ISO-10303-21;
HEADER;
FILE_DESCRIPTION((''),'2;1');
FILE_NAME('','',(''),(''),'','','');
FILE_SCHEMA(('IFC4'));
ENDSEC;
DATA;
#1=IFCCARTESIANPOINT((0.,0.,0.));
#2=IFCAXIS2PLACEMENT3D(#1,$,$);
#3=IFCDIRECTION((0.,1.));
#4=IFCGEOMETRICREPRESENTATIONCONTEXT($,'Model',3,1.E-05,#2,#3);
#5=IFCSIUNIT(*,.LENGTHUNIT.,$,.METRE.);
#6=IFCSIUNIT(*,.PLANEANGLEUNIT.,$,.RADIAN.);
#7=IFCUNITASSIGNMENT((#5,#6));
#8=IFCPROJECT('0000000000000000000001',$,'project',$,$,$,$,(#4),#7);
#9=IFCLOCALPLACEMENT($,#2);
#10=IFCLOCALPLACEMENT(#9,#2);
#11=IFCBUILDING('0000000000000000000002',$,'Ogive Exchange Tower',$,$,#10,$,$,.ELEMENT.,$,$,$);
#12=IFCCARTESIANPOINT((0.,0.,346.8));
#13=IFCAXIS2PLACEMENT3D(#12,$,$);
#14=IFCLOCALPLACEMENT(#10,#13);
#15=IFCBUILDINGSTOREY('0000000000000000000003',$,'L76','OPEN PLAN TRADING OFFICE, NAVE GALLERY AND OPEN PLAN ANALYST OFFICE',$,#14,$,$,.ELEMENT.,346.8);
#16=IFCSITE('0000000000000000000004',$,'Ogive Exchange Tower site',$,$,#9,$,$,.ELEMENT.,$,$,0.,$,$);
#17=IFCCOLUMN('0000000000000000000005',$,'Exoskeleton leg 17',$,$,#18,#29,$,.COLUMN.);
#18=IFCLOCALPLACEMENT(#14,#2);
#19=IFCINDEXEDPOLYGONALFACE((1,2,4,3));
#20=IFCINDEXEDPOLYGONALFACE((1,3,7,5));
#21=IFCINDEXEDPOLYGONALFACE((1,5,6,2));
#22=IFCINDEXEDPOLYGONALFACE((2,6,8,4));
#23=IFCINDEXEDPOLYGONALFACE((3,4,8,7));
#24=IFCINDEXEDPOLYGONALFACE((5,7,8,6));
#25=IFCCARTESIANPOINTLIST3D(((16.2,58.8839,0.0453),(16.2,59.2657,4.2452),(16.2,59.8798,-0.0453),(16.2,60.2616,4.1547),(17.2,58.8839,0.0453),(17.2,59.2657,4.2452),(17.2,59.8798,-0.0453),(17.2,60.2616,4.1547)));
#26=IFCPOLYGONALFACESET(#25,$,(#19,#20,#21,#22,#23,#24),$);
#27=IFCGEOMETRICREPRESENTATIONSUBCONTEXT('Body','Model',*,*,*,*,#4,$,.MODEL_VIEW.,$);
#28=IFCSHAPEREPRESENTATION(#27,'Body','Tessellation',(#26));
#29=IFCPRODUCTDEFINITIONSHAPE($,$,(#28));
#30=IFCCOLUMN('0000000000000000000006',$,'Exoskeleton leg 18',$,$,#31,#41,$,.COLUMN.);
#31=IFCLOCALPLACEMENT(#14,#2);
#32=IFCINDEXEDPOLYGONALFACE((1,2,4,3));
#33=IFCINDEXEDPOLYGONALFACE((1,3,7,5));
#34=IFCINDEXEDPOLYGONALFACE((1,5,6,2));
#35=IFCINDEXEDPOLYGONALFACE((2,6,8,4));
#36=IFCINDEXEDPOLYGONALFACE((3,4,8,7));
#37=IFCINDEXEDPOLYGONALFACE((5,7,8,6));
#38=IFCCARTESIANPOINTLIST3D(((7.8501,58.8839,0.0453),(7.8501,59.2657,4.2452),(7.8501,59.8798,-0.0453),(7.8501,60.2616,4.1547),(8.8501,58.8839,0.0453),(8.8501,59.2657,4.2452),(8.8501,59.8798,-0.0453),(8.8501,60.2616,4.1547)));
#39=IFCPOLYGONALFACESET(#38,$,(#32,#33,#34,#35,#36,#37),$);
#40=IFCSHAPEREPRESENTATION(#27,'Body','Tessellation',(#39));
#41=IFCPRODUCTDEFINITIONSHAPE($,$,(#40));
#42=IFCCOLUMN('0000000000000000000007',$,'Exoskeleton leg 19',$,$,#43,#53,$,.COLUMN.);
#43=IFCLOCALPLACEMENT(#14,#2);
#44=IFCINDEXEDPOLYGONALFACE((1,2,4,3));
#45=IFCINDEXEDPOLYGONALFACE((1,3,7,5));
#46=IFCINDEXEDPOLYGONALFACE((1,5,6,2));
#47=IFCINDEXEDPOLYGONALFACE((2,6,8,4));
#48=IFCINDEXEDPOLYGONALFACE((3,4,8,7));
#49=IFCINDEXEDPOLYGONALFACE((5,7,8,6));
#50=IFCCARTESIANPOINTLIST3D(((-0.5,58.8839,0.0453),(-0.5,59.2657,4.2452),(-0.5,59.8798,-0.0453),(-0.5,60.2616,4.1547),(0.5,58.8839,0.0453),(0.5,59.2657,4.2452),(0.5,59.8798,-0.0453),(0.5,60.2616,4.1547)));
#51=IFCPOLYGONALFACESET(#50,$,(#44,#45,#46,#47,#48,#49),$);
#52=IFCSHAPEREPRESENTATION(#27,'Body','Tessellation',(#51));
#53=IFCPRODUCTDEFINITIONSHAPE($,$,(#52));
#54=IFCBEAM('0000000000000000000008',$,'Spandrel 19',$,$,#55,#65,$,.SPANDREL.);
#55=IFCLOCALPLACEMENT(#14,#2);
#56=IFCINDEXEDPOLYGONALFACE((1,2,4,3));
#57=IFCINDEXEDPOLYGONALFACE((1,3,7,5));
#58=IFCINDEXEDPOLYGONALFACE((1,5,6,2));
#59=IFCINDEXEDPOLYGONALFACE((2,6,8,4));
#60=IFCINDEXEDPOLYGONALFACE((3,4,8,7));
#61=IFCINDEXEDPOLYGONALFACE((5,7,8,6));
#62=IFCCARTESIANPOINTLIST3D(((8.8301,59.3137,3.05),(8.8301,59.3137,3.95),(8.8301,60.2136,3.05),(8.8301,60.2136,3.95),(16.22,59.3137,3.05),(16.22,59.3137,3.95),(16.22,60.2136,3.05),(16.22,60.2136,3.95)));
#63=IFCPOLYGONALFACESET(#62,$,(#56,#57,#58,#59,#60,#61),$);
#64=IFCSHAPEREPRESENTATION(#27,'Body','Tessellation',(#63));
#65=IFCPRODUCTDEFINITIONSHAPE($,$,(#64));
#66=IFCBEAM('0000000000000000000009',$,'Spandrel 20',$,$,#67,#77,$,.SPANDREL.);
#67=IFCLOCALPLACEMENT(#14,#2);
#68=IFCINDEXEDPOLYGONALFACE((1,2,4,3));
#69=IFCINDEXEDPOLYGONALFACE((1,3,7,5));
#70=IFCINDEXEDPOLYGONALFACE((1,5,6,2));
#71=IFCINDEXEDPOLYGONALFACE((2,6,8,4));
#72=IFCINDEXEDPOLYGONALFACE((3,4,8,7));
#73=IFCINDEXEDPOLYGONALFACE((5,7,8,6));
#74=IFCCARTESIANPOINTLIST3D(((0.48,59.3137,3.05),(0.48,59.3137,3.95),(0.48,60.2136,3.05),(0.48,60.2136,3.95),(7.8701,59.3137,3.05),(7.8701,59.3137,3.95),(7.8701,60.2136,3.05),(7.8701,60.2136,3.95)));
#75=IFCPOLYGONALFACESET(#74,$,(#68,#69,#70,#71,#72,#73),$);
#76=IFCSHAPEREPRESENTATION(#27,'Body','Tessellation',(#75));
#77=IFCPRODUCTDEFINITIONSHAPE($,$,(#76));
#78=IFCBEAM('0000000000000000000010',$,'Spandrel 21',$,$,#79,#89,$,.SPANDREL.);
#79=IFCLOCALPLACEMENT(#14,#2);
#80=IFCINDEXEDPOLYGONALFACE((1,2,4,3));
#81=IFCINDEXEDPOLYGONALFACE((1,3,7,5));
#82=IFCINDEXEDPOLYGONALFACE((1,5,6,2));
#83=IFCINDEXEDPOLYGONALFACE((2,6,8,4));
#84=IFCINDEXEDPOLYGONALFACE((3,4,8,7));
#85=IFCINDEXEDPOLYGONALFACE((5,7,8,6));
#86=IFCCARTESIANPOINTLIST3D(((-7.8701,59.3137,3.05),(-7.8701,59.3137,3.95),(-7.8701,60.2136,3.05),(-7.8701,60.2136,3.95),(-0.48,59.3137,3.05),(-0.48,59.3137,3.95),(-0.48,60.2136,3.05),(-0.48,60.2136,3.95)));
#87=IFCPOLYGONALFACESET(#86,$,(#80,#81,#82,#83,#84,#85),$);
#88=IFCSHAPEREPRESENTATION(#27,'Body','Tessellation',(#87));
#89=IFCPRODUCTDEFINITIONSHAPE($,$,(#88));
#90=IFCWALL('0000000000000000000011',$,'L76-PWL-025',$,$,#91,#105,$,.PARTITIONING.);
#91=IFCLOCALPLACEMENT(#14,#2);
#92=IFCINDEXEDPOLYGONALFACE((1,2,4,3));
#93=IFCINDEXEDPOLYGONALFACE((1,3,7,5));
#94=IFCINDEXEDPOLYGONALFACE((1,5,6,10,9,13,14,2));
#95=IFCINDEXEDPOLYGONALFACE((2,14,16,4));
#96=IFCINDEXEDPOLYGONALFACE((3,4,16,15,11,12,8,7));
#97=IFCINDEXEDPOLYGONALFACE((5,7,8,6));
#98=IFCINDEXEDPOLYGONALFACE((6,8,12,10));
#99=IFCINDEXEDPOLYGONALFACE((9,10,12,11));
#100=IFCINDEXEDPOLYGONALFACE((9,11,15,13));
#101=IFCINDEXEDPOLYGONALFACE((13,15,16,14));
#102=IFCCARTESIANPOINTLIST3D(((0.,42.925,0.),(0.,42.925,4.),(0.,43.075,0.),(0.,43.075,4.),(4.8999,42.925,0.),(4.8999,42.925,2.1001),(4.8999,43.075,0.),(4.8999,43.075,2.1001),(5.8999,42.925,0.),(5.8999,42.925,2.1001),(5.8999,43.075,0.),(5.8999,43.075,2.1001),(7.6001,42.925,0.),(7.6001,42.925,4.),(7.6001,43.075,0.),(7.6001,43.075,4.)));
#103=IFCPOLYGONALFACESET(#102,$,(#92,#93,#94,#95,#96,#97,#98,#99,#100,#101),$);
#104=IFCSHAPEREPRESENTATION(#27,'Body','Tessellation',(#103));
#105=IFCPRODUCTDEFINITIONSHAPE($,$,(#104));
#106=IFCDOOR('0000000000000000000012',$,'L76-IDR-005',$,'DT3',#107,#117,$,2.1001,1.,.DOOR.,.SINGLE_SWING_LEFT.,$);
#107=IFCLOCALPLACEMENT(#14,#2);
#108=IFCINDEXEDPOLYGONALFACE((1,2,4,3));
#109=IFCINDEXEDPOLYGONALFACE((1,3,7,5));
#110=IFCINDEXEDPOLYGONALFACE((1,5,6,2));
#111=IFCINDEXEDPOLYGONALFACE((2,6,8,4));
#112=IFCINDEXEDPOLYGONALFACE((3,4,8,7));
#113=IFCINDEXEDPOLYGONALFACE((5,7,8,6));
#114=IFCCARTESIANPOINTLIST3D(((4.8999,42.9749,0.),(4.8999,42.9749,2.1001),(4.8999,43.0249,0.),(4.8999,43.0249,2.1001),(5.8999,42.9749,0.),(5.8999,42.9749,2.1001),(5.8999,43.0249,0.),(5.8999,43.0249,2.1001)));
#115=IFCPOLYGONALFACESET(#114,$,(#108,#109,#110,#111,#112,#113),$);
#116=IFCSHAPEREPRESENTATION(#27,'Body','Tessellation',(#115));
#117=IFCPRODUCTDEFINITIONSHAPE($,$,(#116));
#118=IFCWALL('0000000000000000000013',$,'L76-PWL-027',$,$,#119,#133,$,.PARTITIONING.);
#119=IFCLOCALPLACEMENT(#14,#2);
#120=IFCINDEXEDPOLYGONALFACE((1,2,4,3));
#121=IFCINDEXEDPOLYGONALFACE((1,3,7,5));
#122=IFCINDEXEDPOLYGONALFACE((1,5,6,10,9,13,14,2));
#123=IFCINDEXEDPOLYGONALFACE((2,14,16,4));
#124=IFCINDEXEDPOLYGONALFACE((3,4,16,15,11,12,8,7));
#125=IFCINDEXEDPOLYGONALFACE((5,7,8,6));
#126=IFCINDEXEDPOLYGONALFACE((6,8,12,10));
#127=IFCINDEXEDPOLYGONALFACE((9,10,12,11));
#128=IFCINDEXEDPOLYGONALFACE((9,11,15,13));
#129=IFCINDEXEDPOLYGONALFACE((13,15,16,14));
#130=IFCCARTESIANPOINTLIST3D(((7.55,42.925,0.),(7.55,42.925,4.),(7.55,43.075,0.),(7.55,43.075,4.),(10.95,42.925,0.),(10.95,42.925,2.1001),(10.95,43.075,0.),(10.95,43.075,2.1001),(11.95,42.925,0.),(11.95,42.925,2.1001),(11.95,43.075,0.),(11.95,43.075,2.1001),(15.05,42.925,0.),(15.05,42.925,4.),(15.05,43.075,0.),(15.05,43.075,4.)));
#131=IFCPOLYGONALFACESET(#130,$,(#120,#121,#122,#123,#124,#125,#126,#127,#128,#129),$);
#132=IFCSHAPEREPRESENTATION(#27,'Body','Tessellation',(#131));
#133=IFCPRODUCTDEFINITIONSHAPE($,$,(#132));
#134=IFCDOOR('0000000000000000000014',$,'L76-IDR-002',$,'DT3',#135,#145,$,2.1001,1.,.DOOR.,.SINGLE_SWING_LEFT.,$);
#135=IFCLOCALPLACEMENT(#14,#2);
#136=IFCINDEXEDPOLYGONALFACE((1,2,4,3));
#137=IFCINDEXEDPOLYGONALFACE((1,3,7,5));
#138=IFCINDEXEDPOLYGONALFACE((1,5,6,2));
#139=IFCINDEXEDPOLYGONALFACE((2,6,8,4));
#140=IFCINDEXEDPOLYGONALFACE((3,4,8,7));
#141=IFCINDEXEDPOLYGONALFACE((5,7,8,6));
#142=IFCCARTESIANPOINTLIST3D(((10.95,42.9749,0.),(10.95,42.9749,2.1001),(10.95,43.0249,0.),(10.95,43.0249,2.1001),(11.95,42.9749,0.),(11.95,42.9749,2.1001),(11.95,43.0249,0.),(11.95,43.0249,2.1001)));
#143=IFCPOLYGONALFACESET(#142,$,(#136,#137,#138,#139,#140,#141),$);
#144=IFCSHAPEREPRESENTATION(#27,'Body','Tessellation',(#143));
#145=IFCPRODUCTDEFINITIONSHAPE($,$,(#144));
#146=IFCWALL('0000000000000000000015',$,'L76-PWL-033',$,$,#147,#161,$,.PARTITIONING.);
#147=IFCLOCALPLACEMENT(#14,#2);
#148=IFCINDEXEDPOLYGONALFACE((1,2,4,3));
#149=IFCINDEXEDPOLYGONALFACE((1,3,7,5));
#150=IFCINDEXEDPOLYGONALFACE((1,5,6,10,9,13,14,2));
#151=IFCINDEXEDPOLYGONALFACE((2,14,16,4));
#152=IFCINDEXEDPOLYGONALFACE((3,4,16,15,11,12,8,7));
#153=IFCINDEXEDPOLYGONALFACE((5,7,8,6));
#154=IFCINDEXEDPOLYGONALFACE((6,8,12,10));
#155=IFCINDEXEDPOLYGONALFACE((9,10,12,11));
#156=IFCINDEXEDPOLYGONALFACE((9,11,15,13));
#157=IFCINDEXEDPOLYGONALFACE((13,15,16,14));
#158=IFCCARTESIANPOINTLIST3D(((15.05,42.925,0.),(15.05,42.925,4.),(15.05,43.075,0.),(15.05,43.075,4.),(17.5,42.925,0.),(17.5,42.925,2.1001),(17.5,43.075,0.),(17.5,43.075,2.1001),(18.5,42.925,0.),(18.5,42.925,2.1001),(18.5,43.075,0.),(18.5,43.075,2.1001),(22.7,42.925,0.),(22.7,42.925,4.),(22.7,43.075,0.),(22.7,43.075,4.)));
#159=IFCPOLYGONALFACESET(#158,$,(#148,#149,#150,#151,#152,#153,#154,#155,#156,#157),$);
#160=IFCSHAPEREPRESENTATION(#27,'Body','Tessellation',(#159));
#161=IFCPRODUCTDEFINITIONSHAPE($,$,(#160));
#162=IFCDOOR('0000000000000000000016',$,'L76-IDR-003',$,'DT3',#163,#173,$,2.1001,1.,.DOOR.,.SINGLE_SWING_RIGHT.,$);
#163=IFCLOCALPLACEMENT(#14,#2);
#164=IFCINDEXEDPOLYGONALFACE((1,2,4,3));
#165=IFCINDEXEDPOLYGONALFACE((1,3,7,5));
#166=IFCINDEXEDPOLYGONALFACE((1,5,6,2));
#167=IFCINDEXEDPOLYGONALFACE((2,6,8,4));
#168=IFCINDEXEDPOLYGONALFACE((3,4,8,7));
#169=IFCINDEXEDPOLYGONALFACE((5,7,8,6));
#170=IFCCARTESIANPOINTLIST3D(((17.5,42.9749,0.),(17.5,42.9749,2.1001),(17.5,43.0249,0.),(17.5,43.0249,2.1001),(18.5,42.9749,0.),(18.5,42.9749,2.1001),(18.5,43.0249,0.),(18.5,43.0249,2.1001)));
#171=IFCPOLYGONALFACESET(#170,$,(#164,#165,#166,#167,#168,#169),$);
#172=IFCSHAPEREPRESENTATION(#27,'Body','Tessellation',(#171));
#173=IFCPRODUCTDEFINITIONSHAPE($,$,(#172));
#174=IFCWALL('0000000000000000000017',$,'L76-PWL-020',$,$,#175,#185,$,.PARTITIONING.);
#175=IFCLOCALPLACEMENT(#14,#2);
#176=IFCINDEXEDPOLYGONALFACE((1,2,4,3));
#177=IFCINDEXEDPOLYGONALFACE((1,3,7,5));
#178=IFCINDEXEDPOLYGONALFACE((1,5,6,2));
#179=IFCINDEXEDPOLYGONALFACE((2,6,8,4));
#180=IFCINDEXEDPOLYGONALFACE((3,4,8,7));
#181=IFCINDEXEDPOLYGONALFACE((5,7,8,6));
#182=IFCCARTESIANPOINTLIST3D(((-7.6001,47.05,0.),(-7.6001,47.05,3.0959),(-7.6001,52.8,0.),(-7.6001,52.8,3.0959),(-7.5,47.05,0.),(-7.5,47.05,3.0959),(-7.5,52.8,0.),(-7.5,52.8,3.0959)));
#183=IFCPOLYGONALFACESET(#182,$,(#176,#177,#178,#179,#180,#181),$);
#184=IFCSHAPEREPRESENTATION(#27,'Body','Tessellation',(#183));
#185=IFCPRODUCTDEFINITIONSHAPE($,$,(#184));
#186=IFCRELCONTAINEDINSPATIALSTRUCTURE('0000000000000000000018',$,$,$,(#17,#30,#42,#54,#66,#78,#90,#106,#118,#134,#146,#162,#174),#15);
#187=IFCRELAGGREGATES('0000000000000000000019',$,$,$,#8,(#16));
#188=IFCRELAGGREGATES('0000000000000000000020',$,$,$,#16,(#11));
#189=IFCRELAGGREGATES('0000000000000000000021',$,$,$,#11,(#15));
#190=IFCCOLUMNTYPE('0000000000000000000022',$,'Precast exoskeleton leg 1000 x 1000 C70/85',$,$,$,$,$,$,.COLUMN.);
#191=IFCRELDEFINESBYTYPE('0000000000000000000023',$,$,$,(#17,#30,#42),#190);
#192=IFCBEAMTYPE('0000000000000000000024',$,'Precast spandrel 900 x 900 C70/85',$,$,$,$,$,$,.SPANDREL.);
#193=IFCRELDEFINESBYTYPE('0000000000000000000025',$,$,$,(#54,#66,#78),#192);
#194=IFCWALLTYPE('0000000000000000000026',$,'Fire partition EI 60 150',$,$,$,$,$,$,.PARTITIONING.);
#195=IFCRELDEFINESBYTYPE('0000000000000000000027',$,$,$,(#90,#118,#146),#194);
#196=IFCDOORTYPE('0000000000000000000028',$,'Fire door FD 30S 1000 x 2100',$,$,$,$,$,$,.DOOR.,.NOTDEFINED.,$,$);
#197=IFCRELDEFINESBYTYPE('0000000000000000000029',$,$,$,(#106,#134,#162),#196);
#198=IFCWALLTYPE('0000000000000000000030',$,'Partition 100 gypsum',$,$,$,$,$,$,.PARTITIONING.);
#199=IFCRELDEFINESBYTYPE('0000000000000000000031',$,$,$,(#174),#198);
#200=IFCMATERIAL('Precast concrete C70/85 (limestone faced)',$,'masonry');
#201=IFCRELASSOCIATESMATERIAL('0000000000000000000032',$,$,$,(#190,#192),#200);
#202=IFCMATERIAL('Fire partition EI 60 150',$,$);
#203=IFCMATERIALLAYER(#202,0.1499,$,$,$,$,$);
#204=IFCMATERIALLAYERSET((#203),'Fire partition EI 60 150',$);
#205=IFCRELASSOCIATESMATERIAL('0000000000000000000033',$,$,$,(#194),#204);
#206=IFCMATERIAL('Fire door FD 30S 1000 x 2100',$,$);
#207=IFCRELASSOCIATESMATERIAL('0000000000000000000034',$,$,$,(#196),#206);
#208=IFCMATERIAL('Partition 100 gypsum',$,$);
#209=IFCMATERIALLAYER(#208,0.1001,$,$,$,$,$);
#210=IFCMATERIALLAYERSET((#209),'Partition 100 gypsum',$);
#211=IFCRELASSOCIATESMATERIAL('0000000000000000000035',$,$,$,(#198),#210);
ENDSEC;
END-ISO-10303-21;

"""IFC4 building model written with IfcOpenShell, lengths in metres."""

from ifc_helpers import new_model, si_unit, direction, frame, frame_2d, origin, origin_2d, place, context, subcontext, project, spatial, rectangle, extrude, material, layer, layer_set, material_profile, profile_set, type_object, element, fill, save


model = new_model("IFC4")

# Units and contexts
model_context = context("Model", 3, precision=1e-05, world=origin(), true_north=direction((0.0, 1.0)))
body_context = subcontext(model_context, "Body", "Model", "MODEL_VIEW")
ifc_project = project(units=[si_unit("LENGTHUNIT", "METRE"), si_unit("PLANEANGLEUNIT", "RADIAN")], contexts=[model_context])

# Site, building, storey
site_placement = place(None, origin())
site = spatial("IfcSite", under=ifc_project, at=site_placement, Name="Ogive Exchange Tower site", CompositionType="ELEMENT", RefElevation=0.0)
building_placement = place(site_placement, origin())
building = spatial("IfcBuilding", under=site, at=building_placement, Name="Ogive Exchange Tower", CompositionType="ELEMENT")
storey_placement = place(building_placement, frame((0.0, 0.0, 346.8)))
storey = spatial("IfcBuildingStorey", under=building, at=storey_placement, Name="L76", Description="OPEN PLAN TRADING OFFICE, NAVE GALLERY AND OPEN PLAN ANALYST OFFICE", CompositionType="ELEMENT", Elevation=346.8)

# Columns
ifc_material_1 = material(Name="Precast concrete C70/85 (limestone faced)", Category="masonry")
ifc_material_profile_1 = material_profile(ifc_material_1, rectangle(XDim=1.0, YDim=1.0, at=origin_2d()), Name="1000 x 1000")
ifc_profile_set_1 = profile_set([ifc_material_profile_1], Name="Precast concrete C70/85 (limestone faced)")
column_type = type_object("IfcColumnType", Name="Precast exoskeleton leg 1000 x 1000 C70/85", PredefinedType="COLUMN", material=ifc_profile_set_1)
for number, where, z_axis, x_axis, name in (
    (1, (16.7, 59.3818, 0.0), (0.0, 0.090541, 0.995893), (-1.0, 0.0, 0.0), "Exoskeleton leg 17"),
    (2, (8.3501, 59.3818, 0.0), (0.0, 0.090541, 0.995893), (-1.0, 0.0, 0.0), "Exoskeleton leg 18"),
    (3, (0.0, 59.3818, 0.0), (0.0, 0.090541, 0.995893), (-1.0, 0.0, 0.0), "Exoskeleton leg 19"),
):
    element("IfcColumn", number, at=place(storey_placement, frame(where, z_axis=z_axis, x_axis=x_axis)), inside=storey, type_object=column_type, Name=name, PredefinedType="COLUMN", context=body_context, shape_type="SweptSolid", body=[
        extrude(rectangle(XDim=1.0, YDim=1.0, at=origin_2d()), origin(), (0.0, 0.0, 1.0), 4.2173),
    ])

# Beams
ifc_material_profile_2 = material_profile(ifc_material_1, rectangle(XDim=0.8999, YDim=0.8999, at=origin_2d()), Name="900 x 900")
ifc_profile_set_2 = profile_set([ifc_material_profile_2], Name="Precast concrete C70/85 (limestone faced)")
beam_type = type_object("IfcBeamType", Name="Precast spandrel 900 x 900 C70/85", PredefinedType="SPANDREL", material=ifc_profile_set_2)
beam_placement = place(storey_placement, frame((16.22, 59.7637, 3.5), z_axis=(-1.0, 0.0, 0.0), x_axis=(0.0, -1.0, 0.0)))
element("IfcBeam", 4, at=beam_placement, inside=storey, type_object=beam_type, Name="Spandrel 19", PredefinedType="SPANDREL", context=body_context, shape_type="SweptSolid", body=[
    extrude(rectangle(XDim=0.8999, YDim=0.8999, at=origin_2d()), origin(), (0.0, 0.0, 1.0), 7.3899),
])
for number, where, z_axis, x_axis, name in (
    (5, (7.8701, 59.7637, 3.5), (-1.0, 0.0, 0.0), (0.0, -1.0, 0.0), "Spandrel 20"),
    (6, (-0.48, 59.7637, 3.5), (-1.0, 0.0, 0.0), (0.0, -1.0, 0.0), "Spandrel 21"),
):
    element("IfcBeam", number, at=place(storey_placement, frame(where, z_axis=z_axis, x_axis=x_axis)), inside=storey, type_object=beam_type, Name=name, PredefinedType="SPANDREL", context=body_context, shape_type="SweptSolid", body=[
        extrude(rectangle(XDim=0.8999, YDim=0.8999, at=origin_2d()), origin(), (0.0, 0.0, 1.0), 7.3901),
    ])

# Walls, openings, doors
ifc_material_2 = material(Name="Fire partition EI 60 150")
ifc_layer_1 = layer(ifc_material_2, 0.1499)
ifc_layer_set_1 = layer_set([ifc_layer_1], Name="Fire partition EI 60 150")
wall_type_1 = type_object("IfcWallType", Name="Fire partition EI 60 150", PredefinedType="PARTITIONING", material=ifc_layer_set_1)
wall_1_placement = place(storey_placement, frame((0.0, 43.0, 0.0), z_axis=(0.0, 0.0, 1.0), x_axis=(1.0, 0.0, 0.0)))
wall_1 = element("IfcWall", 7, at=wall_1_placement, inside=storey, type_object=wall_type_1, Name="L76-PWL-025", PredefinedType="PARTITIONING", context=body_context, shape_type="SweptSolid", body=[
    extrude(rectangle(XDim=7.6001, YDim=0.1499, at=frame_2d((3.8, 0.0))), origin(), (0.0, 0.0, 1.0), 4.0),
])
opening_1_placement = place(wall_1_placement, frame((4.8999, 0.0, 0.0)))
opening_1 = element("IfcOpeningElement", 8, at=opening_1_placement, cuts=wall_1, PredefinedType="OPENING", context=body_context, shape_type="SweptSolid", body=[
    extrude(rectangle(XDim=1.0, YDim=2.1001, at=frame_2d((0.5, 1.05))), frame((0.0, 0.085, 0.0), z_axis=(0.0, -1.0, 0.0), x_axis=(1.0, 0.0, 0.0)), (0.0, 0.0, 1.0), 0.1699),
])
ifc_material_3 = material(Name="Fire door FD 30S 1000 x 2100")
door_type_1 = type_object("IfcDoorType", Name="Fire door FD 30S 1000 x 2100", OperationType="NOTDEFINED", PredefinedType="DOOR", material=ifc_material_3)
door_1_placement = place(opening_1_placement, origin())
door_1 = element("IfcDoor", 9, at=door_1_placement, inside=storey, type_object=door_type_1, Name="L76-IDR-005", ObjectType="DT3", OperationType="SINGLE_SWING_LEFT", OverallHeight=2.1001, OverallWidth=1.0, PredefinedType="DOOR", context=body_context, shape_type="SweptSolid", body=[
    extrude(rectangle(XDim=1.0, YDim=2.1001, at=frame_2d((0.5, 1.05))), frame((0.0, 0.0249, 0.0), z_axis=(0.0, -1.0, 0.0), x_axis=(1.0, 0.0, 0.0)), (0.0, 0.0, 1.0), 0.05),
])
fill(opening_1, door_1)
wall_2_placement = place(storey_placement, frame((7.55, 43.0, 0.0), z_axis=(0.0, 0.0, 1.0), x_axis=(1.0, 0.0, 0.0)))
wall_2 = element("IfcWall", 10, at=wall_2_placement, inside=storey, type_object=wall_type_1, Name="L76-PWL-027", PredefinedType="PARTITIONING", context=body_context, shape_type="SweptSolid", body=[
    extrude(rectangle(XDim=7.5, YDim=0.1499, at=frame_2d((3.75, 0.0))), origin(), (0.0, 0.0, 1.0), 4.0),
])
opening_2_placement = place(wall_2_placement, frame((3.3999, 0.0, 0.0)))
opening_2 = element("IfcOpeningElement", 11, at=opening_2_placement, cuts=wall_2, PredefinedType="OPENING", context=body_context, shape_type="SweptSolid", body=[
    extrude(rectangle(XDim=1.0, YDim=2.1001, at=frame_2d((0.5, 1.05))), frame((0.0, 0.085, 0.0), z_axis=(0.0, -1.0, 0.0), x_axis=(1.0, 0.0, 0.0)), (0.0, 0.0, 1.0), 0.1699),
])
door_2_placement = place(opening_2_placement, origin())
door_2 = element("IfcDoor", 12, at=door_2_placement, inside=storey, type_object=door_type_1, Name="L76-IDR-002", ObjectType="DT3", OperationType="SINGLE_SWING_LEFT", OverallHeight=2.1001, OverallWidth=1.0, PredefinedType="DOOR", context=body_context, shape_type="SweptSolid", body=[
    extrude(rectangle(XDim=1.0, YDim=2.1001, at=frame_2d((0.5, 1.05))), frame((0.0, 0.0249, 0.0), z_axis=(0.0, -1.0, 0.0), x_axis=(1.0, 0.0, 0.0)), (0.0, 0.0, 1.0), 0.05),
])
fill(opening_2, door_2)
wall_3_placement = place(storey_placement, frame((15.05, 43.0, 0.0), z_axis=(0.0, 0.0, 1.0), x_axis=(1.0, 0.0, 0.0)))
wall_3 = element("IfcWall", 13, at=wall_3_placement, inside=storey, type_object=wall_type_1, Name="L76-PWL-033", PredefinedType="PARTITIONING", context=body_context, shape_type="SweptSolid", body=[
    extrude(rectangle(XDim=7.6499, YDim=0.1499, at=frame_2d((3.825, 0.0))), origin(), (0.0, 0.0, 1.0), 4.0),
])
opening_3_placement = place(wall_3_placement, frame((2.45, 0.0, 0.0)))
opening_3 = element("IfcOpeningElement", 14, at=opening_3_placement, cuts=wall_3, PredefinedType="OPENING", context=body_context, shape_type="SweptSolid", body=[
    extrude(rectangle(XDim=1.0, YDim=2.1001, at=frame_2d((0.5, 1.05))), frame((0.0, 0.085, 0.0), z_axis=(0.0, -1.0, 0.0), x_axis=(1.0, 0.0, 0.0)), (0.0, 0.0, 1.0), 0.1699),
])
door_3_placement = place(opening_3_placement, origin())
door_3 = element("IfcDoor", 15, at=door_3_placement, inside=storey, type_object=door_type_1, Name="L76-IDR-003", ObjectType="DT3", OperationType="SINGLE_SWING_RIGHT", OverallHeight=2.1001, OverallWidth=1.0, PredefinedType="DOOR", context=body_context, shape_type="SweptSolid", body=[
    extrude(rectangle(XDim=1.0, YDim=2.1001, at=frame_2d((0.5, 1.05))), frame((0.0, 0.0249, 0.0), z_axis=(0.0, -1.0, 0.0), x_axis=(1.0, 0.0, 0.0)), (0.0, 0.0, 1.0), 0.05),
])
fill(opening_3, door_3)

# Wall
ifc_material_4 = material(Name="Partition 100 gypsum")
ifc_layer_2 = layer(ifc_material_4, 0.1001)
ifc_layer_set_2 = layer_set([ifc_layer_2], Name="Partition 100 gypsum")
wall_type_2 = type_object("IfcWallType", Name="Partition 100 gypsum", PredefinedType="PARTITIONING", material=ifc_layer_set_2)
wall_4_placement = place(storey_placement, frame((-7.55, 47.05, 0.0), z_axis=(0.0, 0.0, 1.0), x_axis=(0.0, 1.0, 0.0)))
element("IfcWall", 16, at=wall_4_placement, inside=storey, type_object=wall_type_2, Name="L76-PWL-020", PredefinedType="PARTITIONING", context=body_context, shape_type="SweptSolid", body=[
    extrude(rectangle(XDim=5.75, YDim=0.1001, at=frame_2d((2.875, 0.0))), origin(), (0.0, 0.0, 1.0), 3.0959),
])

save(model, "model.ifc")
